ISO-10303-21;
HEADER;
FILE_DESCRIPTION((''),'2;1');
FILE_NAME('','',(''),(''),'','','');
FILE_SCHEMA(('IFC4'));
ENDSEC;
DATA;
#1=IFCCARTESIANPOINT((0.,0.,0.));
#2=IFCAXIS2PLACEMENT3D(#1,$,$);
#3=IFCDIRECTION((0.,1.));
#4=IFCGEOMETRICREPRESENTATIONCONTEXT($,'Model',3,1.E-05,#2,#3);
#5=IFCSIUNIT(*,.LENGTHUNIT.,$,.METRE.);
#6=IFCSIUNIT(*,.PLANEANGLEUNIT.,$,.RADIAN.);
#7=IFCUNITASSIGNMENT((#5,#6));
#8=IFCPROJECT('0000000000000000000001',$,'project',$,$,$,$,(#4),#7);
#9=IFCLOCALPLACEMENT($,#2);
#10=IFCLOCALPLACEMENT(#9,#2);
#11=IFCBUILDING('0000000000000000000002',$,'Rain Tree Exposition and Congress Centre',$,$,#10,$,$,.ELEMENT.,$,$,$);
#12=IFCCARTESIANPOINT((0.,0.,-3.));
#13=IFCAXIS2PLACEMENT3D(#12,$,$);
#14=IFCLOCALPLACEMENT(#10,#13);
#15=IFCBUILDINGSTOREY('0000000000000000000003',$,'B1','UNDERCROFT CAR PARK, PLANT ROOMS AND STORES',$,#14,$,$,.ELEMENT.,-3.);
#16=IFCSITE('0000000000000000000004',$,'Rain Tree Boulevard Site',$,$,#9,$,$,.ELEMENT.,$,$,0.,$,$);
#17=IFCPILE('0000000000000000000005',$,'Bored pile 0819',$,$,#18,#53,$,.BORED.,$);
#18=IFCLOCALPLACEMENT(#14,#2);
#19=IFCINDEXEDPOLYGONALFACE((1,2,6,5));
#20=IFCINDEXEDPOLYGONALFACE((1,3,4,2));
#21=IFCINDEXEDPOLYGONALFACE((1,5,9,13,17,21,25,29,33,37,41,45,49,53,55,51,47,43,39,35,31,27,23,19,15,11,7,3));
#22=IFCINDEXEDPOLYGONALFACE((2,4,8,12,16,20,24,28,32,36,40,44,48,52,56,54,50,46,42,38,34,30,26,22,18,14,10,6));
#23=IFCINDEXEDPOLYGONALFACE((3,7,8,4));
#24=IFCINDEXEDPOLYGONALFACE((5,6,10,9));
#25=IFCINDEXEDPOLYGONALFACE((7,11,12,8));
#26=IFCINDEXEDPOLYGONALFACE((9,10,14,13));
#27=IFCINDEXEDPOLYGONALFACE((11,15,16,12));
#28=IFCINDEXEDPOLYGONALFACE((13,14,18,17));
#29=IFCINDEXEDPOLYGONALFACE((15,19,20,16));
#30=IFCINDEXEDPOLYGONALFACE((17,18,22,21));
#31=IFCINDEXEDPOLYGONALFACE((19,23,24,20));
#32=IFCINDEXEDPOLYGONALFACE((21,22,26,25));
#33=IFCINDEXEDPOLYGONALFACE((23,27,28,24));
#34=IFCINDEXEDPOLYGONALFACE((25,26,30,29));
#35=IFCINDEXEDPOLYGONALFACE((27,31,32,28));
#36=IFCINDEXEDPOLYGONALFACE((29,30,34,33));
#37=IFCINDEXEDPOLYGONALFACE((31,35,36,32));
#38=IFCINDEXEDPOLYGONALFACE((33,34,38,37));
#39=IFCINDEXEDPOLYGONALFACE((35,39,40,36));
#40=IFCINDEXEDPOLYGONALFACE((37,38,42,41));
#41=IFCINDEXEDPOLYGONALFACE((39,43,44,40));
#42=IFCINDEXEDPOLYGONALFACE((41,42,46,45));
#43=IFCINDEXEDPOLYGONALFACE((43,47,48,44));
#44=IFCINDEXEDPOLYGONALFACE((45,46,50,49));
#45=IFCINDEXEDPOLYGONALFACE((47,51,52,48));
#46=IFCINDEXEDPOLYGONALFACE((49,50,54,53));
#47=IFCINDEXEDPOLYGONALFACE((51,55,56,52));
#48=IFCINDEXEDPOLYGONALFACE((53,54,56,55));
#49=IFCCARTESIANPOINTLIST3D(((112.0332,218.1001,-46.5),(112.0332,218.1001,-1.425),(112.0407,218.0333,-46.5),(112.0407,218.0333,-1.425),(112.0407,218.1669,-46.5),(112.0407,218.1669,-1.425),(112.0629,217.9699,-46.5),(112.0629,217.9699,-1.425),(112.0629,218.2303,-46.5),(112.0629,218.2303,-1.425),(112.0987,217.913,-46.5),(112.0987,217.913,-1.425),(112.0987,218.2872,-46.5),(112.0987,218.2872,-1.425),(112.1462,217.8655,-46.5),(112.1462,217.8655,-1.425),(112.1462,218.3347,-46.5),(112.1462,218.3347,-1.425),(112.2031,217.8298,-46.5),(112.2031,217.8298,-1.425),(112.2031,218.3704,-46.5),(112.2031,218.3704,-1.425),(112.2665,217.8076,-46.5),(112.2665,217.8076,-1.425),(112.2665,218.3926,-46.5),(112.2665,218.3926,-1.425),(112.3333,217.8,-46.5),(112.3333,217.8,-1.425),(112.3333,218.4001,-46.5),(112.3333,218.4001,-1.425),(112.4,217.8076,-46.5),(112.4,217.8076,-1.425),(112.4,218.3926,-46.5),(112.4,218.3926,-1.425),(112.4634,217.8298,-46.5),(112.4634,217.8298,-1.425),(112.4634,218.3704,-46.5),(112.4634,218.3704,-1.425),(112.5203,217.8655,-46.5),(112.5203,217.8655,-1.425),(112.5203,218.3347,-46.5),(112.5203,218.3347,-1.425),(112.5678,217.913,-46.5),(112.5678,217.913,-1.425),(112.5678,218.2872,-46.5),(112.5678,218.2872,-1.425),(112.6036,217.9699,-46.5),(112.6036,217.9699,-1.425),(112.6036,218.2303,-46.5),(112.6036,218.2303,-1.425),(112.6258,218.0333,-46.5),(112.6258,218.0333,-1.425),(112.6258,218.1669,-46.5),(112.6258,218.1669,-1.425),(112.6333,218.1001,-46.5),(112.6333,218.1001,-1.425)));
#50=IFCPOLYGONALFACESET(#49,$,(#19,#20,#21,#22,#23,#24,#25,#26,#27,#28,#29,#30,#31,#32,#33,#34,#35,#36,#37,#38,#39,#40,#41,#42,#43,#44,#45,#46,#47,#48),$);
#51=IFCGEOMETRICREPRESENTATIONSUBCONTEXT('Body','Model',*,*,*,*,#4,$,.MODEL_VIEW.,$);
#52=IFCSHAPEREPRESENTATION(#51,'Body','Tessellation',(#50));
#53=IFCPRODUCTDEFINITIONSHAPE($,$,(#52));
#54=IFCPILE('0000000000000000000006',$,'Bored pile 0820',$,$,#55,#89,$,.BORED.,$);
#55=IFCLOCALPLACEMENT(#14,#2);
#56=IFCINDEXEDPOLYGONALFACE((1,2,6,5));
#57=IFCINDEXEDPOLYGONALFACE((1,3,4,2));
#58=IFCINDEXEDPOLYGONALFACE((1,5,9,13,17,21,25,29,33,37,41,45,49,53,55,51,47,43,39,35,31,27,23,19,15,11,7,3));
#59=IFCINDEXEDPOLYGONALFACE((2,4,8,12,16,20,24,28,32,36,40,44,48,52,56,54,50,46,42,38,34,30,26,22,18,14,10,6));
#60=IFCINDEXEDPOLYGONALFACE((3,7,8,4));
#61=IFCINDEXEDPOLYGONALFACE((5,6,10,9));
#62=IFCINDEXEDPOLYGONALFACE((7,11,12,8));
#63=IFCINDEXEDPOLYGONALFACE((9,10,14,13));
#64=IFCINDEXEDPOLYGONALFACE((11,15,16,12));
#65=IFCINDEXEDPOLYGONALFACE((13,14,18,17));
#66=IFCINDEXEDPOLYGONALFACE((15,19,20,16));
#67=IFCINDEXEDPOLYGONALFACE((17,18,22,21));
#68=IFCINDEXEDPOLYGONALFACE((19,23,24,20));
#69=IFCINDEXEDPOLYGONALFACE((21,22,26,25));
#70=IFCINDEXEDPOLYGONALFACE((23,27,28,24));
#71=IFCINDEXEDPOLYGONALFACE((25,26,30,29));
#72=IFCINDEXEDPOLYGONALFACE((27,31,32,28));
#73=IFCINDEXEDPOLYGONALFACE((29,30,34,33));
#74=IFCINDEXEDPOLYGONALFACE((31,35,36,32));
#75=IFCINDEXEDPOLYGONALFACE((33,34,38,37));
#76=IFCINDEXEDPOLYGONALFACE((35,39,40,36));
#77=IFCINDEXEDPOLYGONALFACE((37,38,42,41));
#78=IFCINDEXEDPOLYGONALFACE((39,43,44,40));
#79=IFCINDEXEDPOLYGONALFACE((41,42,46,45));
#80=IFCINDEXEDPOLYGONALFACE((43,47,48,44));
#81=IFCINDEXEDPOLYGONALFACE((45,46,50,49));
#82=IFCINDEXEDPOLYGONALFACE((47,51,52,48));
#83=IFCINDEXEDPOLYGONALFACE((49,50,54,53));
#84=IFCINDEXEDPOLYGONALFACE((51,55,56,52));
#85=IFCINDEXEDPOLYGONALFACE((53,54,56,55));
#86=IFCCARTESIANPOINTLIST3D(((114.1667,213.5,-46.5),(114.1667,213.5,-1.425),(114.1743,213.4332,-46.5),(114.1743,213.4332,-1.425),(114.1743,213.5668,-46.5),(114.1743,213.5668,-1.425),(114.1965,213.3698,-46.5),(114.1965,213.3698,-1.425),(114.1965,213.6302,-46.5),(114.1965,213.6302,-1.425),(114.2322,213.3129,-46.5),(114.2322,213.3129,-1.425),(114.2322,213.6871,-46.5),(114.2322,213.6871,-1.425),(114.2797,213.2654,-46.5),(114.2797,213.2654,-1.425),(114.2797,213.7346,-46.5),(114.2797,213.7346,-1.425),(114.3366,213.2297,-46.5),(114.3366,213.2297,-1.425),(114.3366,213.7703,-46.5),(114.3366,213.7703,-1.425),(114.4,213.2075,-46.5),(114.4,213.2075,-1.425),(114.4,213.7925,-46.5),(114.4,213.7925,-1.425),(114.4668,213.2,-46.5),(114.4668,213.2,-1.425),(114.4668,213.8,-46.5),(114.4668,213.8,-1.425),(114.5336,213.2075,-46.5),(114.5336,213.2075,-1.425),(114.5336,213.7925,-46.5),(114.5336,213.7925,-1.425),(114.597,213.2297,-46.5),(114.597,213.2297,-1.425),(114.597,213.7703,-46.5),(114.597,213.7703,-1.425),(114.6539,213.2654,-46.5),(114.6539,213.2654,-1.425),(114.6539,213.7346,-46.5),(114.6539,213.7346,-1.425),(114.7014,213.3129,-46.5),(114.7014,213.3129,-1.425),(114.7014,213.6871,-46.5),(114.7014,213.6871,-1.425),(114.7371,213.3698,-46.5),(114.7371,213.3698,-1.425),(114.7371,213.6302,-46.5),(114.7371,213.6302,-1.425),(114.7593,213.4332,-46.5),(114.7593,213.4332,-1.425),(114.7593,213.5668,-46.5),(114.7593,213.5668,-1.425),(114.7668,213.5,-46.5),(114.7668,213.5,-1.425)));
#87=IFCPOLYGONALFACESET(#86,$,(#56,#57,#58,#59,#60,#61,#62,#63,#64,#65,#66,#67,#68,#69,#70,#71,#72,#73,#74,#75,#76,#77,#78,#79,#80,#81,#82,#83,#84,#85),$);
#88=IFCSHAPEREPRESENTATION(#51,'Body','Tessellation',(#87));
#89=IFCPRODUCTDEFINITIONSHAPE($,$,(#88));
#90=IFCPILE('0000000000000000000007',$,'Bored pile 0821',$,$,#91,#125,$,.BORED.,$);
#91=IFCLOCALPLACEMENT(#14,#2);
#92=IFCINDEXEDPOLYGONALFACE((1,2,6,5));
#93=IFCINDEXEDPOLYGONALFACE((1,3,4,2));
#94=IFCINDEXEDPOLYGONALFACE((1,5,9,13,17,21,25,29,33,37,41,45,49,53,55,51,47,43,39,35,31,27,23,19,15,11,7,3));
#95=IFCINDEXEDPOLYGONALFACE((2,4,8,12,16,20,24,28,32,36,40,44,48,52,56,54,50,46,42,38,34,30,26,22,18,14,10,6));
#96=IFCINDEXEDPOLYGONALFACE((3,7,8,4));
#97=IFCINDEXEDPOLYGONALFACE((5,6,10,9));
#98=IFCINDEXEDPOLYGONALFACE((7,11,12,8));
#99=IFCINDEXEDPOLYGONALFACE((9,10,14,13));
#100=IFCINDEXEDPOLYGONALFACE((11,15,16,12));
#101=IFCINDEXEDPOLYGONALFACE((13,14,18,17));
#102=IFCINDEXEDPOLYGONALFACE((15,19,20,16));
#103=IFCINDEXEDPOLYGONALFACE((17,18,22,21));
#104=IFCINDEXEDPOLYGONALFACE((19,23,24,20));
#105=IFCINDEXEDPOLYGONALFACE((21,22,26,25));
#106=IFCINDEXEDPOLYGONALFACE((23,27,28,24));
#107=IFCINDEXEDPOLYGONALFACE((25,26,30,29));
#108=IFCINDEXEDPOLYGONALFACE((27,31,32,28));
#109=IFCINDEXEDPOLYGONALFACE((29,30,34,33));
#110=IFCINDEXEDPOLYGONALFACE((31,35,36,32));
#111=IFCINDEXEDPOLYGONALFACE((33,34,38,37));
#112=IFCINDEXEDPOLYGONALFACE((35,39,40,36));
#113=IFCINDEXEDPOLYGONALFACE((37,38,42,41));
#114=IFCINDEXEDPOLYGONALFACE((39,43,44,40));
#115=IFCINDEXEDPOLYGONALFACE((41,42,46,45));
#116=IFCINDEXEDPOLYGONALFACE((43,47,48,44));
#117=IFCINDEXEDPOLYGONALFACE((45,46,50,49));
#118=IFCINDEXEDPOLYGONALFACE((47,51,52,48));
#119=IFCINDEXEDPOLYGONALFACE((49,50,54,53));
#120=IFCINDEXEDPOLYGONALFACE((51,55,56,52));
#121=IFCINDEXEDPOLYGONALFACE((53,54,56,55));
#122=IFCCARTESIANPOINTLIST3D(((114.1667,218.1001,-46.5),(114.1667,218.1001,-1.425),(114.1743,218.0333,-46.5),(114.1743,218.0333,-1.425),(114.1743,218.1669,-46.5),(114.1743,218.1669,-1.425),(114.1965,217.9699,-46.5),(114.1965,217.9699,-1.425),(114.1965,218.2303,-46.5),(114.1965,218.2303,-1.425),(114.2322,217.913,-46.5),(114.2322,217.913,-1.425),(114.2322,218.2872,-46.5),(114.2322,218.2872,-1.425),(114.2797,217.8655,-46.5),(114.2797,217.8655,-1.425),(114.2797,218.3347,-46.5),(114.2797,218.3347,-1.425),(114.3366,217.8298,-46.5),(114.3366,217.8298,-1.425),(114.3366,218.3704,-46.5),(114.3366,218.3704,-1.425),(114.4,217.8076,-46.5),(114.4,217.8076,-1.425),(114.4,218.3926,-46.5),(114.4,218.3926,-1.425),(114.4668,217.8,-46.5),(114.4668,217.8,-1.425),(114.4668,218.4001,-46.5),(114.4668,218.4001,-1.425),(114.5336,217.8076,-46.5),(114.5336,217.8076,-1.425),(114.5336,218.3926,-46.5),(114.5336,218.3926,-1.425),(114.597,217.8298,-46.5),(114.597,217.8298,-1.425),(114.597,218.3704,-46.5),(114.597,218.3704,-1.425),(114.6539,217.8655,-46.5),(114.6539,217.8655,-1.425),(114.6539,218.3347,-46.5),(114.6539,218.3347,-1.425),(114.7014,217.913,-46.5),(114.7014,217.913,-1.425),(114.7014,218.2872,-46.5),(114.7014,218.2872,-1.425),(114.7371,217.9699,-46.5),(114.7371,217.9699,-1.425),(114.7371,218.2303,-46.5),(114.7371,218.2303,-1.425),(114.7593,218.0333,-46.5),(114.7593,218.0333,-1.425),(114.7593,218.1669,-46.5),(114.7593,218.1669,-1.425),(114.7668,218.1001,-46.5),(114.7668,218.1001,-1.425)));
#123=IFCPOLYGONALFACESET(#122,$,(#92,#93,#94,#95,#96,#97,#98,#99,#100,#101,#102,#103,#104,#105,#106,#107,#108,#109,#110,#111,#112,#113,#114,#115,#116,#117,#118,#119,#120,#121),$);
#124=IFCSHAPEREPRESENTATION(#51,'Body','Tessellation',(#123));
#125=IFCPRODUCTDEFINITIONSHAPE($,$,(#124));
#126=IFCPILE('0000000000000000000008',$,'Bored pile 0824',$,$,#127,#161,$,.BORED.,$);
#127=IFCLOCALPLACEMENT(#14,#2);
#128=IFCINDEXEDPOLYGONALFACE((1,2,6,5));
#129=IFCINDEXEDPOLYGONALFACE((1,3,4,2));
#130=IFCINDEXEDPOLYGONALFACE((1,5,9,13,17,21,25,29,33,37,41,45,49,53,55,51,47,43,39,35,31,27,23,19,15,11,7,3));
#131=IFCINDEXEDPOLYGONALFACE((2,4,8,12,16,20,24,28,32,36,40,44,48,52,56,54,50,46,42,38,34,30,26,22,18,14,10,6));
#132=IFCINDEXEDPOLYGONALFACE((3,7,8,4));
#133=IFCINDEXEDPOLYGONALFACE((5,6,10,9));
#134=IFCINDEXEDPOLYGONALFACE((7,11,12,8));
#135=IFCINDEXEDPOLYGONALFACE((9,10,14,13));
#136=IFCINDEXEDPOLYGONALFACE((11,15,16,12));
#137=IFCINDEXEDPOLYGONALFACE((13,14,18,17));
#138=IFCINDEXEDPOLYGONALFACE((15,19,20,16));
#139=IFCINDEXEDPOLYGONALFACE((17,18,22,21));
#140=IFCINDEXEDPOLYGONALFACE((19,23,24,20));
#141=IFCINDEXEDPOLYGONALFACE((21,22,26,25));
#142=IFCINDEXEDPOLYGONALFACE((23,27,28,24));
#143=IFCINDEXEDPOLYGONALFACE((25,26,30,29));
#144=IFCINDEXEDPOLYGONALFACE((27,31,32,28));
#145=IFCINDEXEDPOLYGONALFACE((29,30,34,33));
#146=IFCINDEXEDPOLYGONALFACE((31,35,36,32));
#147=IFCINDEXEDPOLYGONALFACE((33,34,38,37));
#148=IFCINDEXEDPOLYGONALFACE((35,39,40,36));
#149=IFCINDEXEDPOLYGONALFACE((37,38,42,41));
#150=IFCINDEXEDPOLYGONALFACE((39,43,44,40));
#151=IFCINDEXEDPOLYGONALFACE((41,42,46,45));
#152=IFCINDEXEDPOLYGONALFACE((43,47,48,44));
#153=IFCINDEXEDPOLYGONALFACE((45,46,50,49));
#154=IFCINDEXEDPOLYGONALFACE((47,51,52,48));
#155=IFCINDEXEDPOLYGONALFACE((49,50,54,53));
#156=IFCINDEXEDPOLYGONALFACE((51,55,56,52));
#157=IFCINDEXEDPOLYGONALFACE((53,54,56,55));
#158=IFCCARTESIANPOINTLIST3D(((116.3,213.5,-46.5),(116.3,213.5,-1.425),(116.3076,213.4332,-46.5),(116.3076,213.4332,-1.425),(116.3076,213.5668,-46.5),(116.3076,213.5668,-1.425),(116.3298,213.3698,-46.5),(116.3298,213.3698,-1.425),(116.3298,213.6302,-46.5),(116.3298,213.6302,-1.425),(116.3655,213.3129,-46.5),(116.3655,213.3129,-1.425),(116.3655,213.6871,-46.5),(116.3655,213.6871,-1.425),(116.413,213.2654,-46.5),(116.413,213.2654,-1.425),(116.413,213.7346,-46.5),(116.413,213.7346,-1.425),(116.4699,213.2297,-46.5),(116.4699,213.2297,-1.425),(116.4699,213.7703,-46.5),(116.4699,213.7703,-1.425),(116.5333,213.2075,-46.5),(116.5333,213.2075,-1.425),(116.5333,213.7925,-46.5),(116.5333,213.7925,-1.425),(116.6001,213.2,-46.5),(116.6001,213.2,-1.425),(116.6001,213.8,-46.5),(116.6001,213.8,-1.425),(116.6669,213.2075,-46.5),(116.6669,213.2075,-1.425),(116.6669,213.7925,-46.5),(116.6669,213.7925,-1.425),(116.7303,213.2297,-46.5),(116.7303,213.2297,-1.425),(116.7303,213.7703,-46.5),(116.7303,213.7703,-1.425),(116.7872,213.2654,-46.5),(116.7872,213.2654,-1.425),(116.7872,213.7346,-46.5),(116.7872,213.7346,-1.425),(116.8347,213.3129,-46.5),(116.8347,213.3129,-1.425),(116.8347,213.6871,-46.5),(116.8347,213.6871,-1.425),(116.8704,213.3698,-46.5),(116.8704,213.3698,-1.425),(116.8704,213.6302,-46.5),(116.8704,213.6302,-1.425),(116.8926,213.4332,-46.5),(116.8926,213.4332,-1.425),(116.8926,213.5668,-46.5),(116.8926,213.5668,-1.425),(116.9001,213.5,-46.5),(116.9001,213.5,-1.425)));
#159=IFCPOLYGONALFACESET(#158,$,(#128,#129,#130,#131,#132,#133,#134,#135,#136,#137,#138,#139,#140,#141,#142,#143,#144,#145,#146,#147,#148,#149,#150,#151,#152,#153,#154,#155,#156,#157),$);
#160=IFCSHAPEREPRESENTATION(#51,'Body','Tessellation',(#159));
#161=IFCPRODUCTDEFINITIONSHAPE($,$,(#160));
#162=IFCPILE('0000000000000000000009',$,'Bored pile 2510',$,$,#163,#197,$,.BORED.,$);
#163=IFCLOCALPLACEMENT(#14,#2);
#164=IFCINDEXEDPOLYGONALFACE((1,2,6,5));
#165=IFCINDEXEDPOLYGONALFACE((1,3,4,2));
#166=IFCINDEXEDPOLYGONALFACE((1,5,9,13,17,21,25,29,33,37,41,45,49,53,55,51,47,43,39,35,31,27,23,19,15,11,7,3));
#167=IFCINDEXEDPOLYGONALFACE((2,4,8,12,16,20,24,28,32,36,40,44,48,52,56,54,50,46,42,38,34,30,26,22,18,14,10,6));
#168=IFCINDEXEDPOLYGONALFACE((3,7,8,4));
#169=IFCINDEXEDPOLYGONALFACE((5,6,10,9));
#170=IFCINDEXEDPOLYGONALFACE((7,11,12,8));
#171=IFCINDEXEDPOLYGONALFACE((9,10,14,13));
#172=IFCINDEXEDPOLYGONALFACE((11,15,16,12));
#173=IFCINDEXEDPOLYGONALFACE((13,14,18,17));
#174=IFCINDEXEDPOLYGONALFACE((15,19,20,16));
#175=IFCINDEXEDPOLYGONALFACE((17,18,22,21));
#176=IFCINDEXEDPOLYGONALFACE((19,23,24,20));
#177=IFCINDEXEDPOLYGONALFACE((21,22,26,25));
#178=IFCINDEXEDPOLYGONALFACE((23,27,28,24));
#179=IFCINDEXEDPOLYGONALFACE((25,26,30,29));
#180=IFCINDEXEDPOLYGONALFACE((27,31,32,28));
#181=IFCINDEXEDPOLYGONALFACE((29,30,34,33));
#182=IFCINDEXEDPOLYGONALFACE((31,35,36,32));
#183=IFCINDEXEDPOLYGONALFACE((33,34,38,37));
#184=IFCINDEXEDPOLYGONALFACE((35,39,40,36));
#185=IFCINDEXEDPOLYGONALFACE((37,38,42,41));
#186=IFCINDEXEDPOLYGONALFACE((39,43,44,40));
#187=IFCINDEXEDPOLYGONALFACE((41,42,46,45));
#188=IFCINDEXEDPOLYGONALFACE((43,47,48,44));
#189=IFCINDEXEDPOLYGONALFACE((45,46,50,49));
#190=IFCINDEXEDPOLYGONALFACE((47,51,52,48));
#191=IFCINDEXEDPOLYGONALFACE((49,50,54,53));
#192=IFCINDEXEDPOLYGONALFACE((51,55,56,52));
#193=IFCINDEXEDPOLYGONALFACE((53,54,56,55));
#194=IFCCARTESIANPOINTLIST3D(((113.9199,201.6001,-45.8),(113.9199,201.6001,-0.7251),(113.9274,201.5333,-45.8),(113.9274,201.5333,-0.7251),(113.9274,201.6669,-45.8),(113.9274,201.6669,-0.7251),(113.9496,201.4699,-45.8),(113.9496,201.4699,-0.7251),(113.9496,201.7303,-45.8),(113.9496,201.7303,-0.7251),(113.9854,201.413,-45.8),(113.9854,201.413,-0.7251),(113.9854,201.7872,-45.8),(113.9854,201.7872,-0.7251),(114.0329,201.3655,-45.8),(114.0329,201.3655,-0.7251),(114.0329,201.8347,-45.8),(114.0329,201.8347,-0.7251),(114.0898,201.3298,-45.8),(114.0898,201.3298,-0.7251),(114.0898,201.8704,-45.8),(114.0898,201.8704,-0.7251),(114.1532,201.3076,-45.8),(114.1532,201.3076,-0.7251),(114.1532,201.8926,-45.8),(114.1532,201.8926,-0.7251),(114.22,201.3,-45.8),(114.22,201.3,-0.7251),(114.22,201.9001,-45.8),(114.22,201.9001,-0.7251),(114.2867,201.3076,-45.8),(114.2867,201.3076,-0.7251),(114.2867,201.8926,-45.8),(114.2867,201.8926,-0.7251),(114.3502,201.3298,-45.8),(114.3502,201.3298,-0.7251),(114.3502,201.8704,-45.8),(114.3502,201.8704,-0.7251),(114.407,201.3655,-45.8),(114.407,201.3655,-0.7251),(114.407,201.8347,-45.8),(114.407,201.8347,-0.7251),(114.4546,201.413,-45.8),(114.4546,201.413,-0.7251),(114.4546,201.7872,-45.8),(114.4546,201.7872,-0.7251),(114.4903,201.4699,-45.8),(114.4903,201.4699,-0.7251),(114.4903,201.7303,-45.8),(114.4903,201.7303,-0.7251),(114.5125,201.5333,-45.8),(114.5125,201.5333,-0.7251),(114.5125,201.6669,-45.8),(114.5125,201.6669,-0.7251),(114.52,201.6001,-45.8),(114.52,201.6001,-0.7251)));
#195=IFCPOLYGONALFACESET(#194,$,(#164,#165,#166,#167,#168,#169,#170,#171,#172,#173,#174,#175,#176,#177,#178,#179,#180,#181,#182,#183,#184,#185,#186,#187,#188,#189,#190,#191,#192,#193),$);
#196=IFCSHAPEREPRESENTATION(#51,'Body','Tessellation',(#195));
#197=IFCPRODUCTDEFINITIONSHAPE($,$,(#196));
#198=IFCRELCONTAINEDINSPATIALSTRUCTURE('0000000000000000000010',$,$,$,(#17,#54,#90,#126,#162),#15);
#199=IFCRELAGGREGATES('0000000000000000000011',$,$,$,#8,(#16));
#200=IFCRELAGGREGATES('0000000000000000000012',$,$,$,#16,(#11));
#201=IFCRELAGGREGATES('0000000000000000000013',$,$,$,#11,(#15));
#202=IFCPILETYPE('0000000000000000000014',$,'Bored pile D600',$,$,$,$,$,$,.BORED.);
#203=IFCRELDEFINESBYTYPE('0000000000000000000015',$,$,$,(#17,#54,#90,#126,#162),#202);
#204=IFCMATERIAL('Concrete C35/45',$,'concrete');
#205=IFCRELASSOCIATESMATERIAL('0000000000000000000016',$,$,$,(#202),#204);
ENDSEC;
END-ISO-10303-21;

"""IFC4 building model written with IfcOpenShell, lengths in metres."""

from ifc_helpers import new_model, si_unit, direction, frame, origin, origin_2d, place, context, subcontext, project, spatial, circle, extrude, material, material_profile, profile_set, type_object, element, save


model = new_model("IFC4")

# Units and contexts
model_context = context("Model", 3, precision=1e-05, world=origin(), true_north=direction((0.0, 1.0)))
body_context = subcontext(model_context, "Body", "Model", "MODEL_VIEW")
ifc_project = project(units=[si_unit("LENGTHUNIT", "METRE"), si_unit("PLANEANGLEUNIT", "RADIAN")], contexts=[model_context])

# Site, building, storey
site_placement = place(None, origin())
site = spatial("IfcSite", under=ifc_project, at=site_placement, Name="Rain Tree Boulevard Site", CompositionType="ELEMENT", RefElevation=0.0)
building_placement = place(site_placement, origin())
building = spatial("IfcBuilding", under=site, at=building_placement, Name="Rain Tree Exposition and Congress Centre", CompositionType="ELEMENT")
storey_placement = place(building_placement, frame((0.0, 0.0, -3.0)))
storey = spatial("IfcBuildingStorey", under=building, at=storey_placement, Name="B1", Description="UNDERCROFT CAR PARK, PLANT ROOMS AND STORES", CompositionType="ELEMENT", Elevation=-3.0)

# Piles
ifc_material_1 = material(Name="Concrete C35/45", Category="concrete")
ifc_material_profile_1 = material_profile(ifc_material_1, circle(Radius=0.3, at=origin_2d()), Name="D600")
ifc_profile_set_1 = profile_set([ifc_material_profile_1], Name="Concrete C35/45")
pile_type_1 = type_object("IfcPileType", Name="Bored pile D600", PredefinedType="BORED", material=ifc_profile_set_1)
for number, where, z_axis, x_axis, name in (
    (1, (112.3333, 218.1001, -1.425), (0.0, 0.0, -1.0), (1.0, 0.0, 0.0), "Bored pile 0819"),
    (2, (114.4668, 213.5, -1.425), (0.0, 0.0, -1.0), (1.0, 0.0, 0.0), "Bored pile 0820"),
    (3, (114.4668, 218.1001, -1.425), (0.0, 0.0, -1.0), (1.0, 0.0, 0.0), "Bored pile 0821"),
    (4, (116.6001, 213.5, -1.425), (0.0, 0.0, -1.0), (1.0, 0.0, 0.0), "Bored pile 0824"),
    (5, (114.22, 201.6001, -0.7251), (0.0, 0.0, -1.0), (1.0, 0.0, 0.0), "Bored pile 2510"),
):
    element("IfcPile", number, at=place(storey_placement, frame(where, z_axis=z_axis, x_axis=x_axis)), inside=storey, type_object=pile_type_1, Name=name, PredefinedType="BORED", context=body_context, shape_type="SweptSolid", body=[
        extrude(circle(Radius=0.3, at=origin_2d()), origin(), (0.0, 0.0, 1.0), 45.075),
    ])

save(model, "model.ifc")
